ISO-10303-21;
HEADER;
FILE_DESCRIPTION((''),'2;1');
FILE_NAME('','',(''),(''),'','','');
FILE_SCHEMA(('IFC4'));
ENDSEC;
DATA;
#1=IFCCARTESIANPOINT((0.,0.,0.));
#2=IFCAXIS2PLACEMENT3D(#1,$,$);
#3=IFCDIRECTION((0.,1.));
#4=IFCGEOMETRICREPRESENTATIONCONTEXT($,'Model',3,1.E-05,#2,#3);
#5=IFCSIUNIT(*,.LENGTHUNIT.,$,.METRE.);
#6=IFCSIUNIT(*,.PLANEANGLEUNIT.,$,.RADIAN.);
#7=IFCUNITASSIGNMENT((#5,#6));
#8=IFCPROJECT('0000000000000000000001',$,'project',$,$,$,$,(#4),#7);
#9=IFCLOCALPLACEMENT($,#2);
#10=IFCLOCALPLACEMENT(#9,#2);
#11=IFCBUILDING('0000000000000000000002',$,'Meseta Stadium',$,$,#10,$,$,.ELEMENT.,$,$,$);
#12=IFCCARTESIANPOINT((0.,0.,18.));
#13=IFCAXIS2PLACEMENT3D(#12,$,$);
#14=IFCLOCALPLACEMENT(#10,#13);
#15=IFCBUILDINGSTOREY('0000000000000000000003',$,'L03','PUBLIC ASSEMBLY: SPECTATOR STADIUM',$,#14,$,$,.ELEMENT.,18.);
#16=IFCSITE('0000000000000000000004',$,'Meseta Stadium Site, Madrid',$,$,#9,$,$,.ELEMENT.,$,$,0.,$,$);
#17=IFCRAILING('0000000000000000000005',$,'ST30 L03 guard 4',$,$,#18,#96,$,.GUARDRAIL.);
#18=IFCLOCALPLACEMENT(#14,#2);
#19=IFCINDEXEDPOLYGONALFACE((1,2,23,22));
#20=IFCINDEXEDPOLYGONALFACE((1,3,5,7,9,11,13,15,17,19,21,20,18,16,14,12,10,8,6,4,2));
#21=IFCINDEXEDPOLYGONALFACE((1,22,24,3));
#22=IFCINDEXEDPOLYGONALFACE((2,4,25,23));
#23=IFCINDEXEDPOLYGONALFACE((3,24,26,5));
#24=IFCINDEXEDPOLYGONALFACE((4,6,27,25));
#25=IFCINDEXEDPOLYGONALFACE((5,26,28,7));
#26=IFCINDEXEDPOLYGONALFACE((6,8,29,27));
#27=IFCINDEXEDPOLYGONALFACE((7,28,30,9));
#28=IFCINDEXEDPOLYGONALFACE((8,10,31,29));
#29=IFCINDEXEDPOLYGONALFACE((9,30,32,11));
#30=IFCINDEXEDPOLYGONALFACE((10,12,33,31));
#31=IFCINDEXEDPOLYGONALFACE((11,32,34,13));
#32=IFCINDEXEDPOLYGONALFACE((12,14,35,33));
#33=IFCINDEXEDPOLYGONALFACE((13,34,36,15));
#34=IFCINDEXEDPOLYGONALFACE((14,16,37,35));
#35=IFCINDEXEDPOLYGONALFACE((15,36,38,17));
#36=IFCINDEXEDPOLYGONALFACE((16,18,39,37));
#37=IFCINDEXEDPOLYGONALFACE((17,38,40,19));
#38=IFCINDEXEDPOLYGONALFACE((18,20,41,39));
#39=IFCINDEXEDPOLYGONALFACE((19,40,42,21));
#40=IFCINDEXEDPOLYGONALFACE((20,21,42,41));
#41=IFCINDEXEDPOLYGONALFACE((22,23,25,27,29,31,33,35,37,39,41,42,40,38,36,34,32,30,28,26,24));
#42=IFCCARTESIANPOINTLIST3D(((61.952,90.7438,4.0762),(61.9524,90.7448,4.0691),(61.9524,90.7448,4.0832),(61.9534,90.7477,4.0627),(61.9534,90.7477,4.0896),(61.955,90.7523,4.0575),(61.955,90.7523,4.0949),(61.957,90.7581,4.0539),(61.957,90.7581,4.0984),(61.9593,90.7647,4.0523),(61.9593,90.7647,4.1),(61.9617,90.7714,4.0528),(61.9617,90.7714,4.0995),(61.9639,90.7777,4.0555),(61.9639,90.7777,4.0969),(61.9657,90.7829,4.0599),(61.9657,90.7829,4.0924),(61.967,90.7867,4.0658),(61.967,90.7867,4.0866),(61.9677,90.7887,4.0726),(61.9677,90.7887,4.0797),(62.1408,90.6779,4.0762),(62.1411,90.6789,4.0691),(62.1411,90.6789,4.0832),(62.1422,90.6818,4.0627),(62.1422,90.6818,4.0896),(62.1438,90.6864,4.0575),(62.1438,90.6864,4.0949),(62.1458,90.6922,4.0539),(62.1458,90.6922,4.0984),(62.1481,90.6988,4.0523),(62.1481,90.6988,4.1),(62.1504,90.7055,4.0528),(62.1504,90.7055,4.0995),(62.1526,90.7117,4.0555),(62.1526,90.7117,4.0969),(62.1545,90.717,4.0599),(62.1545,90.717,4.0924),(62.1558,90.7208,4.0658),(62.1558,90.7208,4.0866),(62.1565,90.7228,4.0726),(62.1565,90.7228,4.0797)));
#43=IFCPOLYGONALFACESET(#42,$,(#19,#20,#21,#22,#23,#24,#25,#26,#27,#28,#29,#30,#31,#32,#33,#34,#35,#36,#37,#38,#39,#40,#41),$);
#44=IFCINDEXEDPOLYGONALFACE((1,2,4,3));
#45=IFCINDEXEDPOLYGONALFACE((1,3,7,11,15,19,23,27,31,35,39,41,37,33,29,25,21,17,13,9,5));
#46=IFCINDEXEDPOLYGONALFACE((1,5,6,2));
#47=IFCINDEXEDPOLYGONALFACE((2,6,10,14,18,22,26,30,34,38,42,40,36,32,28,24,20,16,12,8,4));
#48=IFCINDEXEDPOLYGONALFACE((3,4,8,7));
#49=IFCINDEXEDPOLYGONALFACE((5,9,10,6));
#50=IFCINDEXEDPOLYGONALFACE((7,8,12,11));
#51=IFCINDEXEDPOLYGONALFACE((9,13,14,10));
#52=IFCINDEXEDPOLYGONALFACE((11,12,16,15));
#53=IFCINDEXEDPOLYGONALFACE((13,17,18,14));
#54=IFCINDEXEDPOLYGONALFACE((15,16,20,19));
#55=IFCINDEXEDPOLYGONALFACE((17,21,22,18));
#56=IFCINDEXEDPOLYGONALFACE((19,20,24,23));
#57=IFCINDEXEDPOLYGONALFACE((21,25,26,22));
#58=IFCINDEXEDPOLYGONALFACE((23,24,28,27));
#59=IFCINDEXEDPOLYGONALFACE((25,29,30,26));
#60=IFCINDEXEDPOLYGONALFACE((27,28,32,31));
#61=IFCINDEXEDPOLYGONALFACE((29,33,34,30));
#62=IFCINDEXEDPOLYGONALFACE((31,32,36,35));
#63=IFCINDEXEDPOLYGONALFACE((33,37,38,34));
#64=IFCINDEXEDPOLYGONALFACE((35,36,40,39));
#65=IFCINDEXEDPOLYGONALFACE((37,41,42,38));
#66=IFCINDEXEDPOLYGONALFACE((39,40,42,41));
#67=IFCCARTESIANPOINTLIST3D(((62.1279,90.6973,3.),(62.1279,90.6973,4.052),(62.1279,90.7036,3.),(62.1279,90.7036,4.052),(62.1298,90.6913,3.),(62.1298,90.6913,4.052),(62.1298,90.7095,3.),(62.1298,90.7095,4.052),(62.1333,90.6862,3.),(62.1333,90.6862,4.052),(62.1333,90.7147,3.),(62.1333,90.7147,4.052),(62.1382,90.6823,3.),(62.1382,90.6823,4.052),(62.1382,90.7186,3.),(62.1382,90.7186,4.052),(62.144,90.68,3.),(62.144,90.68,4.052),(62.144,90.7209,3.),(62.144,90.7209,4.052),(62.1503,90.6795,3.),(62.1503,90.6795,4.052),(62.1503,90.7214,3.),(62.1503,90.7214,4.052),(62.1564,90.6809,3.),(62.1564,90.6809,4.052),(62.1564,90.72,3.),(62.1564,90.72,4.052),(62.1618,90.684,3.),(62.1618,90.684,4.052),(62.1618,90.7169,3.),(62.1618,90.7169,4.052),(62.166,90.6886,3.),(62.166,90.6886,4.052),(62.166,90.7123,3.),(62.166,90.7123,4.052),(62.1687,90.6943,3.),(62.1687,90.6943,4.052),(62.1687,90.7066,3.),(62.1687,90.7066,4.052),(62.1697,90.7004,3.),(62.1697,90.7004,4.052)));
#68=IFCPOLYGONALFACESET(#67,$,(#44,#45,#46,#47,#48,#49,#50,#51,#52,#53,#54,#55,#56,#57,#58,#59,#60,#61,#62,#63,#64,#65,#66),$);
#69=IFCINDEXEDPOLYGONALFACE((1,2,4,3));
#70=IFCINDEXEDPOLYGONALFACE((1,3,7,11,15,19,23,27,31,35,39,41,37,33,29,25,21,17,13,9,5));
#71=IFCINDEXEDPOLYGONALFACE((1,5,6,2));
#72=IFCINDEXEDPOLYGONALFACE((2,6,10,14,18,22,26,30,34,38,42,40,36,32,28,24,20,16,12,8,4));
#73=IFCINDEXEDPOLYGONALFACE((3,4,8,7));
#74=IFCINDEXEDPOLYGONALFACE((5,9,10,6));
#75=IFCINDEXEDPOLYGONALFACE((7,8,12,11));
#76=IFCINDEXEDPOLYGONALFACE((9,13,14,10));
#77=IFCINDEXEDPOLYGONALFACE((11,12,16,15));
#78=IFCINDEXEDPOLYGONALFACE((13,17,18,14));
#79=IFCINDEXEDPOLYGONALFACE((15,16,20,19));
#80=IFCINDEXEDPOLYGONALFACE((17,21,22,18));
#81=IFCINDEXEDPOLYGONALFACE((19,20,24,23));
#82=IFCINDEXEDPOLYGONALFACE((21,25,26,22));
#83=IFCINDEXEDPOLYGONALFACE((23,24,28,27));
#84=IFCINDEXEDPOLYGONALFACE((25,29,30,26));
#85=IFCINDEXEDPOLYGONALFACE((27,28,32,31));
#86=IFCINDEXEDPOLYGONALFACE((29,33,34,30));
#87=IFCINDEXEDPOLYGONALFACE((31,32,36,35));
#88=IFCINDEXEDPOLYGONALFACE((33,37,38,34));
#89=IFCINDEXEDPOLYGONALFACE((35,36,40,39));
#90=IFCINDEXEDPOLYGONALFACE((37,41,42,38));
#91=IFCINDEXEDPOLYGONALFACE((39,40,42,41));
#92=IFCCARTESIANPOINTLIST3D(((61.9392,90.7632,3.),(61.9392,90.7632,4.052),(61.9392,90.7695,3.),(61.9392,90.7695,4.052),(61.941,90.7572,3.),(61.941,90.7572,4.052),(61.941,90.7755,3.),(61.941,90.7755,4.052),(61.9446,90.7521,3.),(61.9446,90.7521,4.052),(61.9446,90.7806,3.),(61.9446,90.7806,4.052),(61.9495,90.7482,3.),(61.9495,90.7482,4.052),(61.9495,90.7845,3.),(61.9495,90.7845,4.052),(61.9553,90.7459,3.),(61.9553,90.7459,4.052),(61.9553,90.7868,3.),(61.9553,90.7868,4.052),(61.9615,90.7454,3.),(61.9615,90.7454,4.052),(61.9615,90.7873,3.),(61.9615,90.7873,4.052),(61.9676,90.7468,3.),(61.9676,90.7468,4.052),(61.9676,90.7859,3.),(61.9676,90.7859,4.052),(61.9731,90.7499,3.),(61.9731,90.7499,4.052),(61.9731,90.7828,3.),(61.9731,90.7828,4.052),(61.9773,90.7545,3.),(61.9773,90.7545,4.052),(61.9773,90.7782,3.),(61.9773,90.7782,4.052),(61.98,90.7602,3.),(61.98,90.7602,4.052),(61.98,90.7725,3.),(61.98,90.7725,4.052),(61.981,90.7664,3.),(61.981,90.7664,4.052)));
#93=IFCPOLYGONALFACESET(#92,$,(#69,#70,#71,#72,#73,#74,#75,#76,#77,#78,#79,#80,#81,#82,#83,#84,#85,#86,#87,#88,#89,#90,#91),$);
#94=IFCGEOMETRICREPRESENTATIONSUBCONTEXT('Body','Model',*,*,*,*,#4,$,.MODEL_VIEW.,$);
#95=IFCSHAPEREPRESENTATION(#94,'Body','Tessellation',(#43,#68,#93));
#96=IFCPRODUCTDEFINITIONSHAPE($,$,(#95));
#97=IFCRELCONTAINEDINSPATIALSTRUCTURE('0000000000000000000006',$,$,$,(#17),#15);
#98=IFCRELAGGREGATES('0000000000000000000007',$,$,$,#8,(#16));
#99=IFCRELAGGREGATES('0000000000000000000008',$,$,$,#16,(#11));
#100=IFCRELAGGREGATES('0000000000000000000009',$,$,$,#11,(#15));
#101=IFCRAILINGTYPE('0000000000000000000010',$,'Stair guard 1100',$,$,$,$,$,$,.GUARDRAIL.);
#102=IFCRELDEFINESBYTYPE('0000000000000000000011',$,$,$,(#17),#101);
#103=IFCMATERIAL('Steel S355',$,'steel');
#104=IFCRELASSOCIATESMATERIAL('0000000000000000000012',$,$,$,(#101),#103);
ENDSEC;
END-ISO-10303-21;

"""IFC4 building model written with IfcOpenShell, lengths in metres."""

from ifc_helpers import new_model, si_unit, direction, frame, origin, origin_2d, place, context, subcontext, project, spatial, circle, extrude, material, type_object, element, save


model = new_model("IFC4")

# Units and contexts
model_context = context("Model", 3, precision=1e-05, world=origin(), true_north=direction((0.0, 1.0)))
body_context = subcontext(model_context, "Body", "Model", "MODEL_VIEW")
ifc_project = project(units=[si_unit("LENGTHUNIT", "METRE"), si_unit("PLANEANGLEUNIT", "RADIAN")], contexts=[model_context])

# Site, building, storey
site_placement = place(None, origin())
site = spatial("IfcSite", under=ifc_project, at=site_placement, Name="Meseta Stadium Site, Madrid", CompositionType="ELEMENT", RefElevation=0.0)
building_placement = place(site_placement, origin())
building = spatial("IfcBuilding", under=site, at=building_placement, Name="Meseta Stadium", CompositionType="ELEMENT")
storey_placement = place(building_placement, frame((0.0, 0.0, 18.0)))
storey = spatial("IfcBuildingStorey", under=building, at=storey_placement, Name="L03", Description="PUBLIC ASSEMBLY: SPECTATOR STADIUM", CompositionType="ELEMENT", Elevation=18.0)

# Railing
ifc_material_1 = material(Name="Steel S355", Category="steel")
railing_type_1 = type_object("IfcRailingType", Name="Stair guard 1100", PredefinedType="GUARDRAIL", material=ifc_material_1)
railing_1_placement = place(storey_placement, frame((62.1487, 90.7004, 3.0)))
element("IfcRailing", 1, at=railing_1_placement, inside=storey, type_object=railing_type_1, Name="ST30 L03 guard 4", PredefinedType="GUARDRAIL", context=body_context, shape_type="SweptSolid", body=[
    extrude(circle(Radius=0.0239, at=origin_2d()), frame((0.0, 0.0, 1.0762), z_axis=(-0.944068, 0.329752, 0.0), x_axis=(-0.329752, -0.944068, 0.0)), (0.0, 0.0, 1.0), 0.2),
    extrude(circle(Radius=0.021, at=origin_2d()), origin(), (0.0, 0.0, 1.0), 1.052),
    extrude(circle(Radius=0.021, at=origin_2d()), frame((-0.1887, 0.0659, 0.0)), (0.0, 0.0, 1.0), 1.052),
])

save(model, "model.ifc")
